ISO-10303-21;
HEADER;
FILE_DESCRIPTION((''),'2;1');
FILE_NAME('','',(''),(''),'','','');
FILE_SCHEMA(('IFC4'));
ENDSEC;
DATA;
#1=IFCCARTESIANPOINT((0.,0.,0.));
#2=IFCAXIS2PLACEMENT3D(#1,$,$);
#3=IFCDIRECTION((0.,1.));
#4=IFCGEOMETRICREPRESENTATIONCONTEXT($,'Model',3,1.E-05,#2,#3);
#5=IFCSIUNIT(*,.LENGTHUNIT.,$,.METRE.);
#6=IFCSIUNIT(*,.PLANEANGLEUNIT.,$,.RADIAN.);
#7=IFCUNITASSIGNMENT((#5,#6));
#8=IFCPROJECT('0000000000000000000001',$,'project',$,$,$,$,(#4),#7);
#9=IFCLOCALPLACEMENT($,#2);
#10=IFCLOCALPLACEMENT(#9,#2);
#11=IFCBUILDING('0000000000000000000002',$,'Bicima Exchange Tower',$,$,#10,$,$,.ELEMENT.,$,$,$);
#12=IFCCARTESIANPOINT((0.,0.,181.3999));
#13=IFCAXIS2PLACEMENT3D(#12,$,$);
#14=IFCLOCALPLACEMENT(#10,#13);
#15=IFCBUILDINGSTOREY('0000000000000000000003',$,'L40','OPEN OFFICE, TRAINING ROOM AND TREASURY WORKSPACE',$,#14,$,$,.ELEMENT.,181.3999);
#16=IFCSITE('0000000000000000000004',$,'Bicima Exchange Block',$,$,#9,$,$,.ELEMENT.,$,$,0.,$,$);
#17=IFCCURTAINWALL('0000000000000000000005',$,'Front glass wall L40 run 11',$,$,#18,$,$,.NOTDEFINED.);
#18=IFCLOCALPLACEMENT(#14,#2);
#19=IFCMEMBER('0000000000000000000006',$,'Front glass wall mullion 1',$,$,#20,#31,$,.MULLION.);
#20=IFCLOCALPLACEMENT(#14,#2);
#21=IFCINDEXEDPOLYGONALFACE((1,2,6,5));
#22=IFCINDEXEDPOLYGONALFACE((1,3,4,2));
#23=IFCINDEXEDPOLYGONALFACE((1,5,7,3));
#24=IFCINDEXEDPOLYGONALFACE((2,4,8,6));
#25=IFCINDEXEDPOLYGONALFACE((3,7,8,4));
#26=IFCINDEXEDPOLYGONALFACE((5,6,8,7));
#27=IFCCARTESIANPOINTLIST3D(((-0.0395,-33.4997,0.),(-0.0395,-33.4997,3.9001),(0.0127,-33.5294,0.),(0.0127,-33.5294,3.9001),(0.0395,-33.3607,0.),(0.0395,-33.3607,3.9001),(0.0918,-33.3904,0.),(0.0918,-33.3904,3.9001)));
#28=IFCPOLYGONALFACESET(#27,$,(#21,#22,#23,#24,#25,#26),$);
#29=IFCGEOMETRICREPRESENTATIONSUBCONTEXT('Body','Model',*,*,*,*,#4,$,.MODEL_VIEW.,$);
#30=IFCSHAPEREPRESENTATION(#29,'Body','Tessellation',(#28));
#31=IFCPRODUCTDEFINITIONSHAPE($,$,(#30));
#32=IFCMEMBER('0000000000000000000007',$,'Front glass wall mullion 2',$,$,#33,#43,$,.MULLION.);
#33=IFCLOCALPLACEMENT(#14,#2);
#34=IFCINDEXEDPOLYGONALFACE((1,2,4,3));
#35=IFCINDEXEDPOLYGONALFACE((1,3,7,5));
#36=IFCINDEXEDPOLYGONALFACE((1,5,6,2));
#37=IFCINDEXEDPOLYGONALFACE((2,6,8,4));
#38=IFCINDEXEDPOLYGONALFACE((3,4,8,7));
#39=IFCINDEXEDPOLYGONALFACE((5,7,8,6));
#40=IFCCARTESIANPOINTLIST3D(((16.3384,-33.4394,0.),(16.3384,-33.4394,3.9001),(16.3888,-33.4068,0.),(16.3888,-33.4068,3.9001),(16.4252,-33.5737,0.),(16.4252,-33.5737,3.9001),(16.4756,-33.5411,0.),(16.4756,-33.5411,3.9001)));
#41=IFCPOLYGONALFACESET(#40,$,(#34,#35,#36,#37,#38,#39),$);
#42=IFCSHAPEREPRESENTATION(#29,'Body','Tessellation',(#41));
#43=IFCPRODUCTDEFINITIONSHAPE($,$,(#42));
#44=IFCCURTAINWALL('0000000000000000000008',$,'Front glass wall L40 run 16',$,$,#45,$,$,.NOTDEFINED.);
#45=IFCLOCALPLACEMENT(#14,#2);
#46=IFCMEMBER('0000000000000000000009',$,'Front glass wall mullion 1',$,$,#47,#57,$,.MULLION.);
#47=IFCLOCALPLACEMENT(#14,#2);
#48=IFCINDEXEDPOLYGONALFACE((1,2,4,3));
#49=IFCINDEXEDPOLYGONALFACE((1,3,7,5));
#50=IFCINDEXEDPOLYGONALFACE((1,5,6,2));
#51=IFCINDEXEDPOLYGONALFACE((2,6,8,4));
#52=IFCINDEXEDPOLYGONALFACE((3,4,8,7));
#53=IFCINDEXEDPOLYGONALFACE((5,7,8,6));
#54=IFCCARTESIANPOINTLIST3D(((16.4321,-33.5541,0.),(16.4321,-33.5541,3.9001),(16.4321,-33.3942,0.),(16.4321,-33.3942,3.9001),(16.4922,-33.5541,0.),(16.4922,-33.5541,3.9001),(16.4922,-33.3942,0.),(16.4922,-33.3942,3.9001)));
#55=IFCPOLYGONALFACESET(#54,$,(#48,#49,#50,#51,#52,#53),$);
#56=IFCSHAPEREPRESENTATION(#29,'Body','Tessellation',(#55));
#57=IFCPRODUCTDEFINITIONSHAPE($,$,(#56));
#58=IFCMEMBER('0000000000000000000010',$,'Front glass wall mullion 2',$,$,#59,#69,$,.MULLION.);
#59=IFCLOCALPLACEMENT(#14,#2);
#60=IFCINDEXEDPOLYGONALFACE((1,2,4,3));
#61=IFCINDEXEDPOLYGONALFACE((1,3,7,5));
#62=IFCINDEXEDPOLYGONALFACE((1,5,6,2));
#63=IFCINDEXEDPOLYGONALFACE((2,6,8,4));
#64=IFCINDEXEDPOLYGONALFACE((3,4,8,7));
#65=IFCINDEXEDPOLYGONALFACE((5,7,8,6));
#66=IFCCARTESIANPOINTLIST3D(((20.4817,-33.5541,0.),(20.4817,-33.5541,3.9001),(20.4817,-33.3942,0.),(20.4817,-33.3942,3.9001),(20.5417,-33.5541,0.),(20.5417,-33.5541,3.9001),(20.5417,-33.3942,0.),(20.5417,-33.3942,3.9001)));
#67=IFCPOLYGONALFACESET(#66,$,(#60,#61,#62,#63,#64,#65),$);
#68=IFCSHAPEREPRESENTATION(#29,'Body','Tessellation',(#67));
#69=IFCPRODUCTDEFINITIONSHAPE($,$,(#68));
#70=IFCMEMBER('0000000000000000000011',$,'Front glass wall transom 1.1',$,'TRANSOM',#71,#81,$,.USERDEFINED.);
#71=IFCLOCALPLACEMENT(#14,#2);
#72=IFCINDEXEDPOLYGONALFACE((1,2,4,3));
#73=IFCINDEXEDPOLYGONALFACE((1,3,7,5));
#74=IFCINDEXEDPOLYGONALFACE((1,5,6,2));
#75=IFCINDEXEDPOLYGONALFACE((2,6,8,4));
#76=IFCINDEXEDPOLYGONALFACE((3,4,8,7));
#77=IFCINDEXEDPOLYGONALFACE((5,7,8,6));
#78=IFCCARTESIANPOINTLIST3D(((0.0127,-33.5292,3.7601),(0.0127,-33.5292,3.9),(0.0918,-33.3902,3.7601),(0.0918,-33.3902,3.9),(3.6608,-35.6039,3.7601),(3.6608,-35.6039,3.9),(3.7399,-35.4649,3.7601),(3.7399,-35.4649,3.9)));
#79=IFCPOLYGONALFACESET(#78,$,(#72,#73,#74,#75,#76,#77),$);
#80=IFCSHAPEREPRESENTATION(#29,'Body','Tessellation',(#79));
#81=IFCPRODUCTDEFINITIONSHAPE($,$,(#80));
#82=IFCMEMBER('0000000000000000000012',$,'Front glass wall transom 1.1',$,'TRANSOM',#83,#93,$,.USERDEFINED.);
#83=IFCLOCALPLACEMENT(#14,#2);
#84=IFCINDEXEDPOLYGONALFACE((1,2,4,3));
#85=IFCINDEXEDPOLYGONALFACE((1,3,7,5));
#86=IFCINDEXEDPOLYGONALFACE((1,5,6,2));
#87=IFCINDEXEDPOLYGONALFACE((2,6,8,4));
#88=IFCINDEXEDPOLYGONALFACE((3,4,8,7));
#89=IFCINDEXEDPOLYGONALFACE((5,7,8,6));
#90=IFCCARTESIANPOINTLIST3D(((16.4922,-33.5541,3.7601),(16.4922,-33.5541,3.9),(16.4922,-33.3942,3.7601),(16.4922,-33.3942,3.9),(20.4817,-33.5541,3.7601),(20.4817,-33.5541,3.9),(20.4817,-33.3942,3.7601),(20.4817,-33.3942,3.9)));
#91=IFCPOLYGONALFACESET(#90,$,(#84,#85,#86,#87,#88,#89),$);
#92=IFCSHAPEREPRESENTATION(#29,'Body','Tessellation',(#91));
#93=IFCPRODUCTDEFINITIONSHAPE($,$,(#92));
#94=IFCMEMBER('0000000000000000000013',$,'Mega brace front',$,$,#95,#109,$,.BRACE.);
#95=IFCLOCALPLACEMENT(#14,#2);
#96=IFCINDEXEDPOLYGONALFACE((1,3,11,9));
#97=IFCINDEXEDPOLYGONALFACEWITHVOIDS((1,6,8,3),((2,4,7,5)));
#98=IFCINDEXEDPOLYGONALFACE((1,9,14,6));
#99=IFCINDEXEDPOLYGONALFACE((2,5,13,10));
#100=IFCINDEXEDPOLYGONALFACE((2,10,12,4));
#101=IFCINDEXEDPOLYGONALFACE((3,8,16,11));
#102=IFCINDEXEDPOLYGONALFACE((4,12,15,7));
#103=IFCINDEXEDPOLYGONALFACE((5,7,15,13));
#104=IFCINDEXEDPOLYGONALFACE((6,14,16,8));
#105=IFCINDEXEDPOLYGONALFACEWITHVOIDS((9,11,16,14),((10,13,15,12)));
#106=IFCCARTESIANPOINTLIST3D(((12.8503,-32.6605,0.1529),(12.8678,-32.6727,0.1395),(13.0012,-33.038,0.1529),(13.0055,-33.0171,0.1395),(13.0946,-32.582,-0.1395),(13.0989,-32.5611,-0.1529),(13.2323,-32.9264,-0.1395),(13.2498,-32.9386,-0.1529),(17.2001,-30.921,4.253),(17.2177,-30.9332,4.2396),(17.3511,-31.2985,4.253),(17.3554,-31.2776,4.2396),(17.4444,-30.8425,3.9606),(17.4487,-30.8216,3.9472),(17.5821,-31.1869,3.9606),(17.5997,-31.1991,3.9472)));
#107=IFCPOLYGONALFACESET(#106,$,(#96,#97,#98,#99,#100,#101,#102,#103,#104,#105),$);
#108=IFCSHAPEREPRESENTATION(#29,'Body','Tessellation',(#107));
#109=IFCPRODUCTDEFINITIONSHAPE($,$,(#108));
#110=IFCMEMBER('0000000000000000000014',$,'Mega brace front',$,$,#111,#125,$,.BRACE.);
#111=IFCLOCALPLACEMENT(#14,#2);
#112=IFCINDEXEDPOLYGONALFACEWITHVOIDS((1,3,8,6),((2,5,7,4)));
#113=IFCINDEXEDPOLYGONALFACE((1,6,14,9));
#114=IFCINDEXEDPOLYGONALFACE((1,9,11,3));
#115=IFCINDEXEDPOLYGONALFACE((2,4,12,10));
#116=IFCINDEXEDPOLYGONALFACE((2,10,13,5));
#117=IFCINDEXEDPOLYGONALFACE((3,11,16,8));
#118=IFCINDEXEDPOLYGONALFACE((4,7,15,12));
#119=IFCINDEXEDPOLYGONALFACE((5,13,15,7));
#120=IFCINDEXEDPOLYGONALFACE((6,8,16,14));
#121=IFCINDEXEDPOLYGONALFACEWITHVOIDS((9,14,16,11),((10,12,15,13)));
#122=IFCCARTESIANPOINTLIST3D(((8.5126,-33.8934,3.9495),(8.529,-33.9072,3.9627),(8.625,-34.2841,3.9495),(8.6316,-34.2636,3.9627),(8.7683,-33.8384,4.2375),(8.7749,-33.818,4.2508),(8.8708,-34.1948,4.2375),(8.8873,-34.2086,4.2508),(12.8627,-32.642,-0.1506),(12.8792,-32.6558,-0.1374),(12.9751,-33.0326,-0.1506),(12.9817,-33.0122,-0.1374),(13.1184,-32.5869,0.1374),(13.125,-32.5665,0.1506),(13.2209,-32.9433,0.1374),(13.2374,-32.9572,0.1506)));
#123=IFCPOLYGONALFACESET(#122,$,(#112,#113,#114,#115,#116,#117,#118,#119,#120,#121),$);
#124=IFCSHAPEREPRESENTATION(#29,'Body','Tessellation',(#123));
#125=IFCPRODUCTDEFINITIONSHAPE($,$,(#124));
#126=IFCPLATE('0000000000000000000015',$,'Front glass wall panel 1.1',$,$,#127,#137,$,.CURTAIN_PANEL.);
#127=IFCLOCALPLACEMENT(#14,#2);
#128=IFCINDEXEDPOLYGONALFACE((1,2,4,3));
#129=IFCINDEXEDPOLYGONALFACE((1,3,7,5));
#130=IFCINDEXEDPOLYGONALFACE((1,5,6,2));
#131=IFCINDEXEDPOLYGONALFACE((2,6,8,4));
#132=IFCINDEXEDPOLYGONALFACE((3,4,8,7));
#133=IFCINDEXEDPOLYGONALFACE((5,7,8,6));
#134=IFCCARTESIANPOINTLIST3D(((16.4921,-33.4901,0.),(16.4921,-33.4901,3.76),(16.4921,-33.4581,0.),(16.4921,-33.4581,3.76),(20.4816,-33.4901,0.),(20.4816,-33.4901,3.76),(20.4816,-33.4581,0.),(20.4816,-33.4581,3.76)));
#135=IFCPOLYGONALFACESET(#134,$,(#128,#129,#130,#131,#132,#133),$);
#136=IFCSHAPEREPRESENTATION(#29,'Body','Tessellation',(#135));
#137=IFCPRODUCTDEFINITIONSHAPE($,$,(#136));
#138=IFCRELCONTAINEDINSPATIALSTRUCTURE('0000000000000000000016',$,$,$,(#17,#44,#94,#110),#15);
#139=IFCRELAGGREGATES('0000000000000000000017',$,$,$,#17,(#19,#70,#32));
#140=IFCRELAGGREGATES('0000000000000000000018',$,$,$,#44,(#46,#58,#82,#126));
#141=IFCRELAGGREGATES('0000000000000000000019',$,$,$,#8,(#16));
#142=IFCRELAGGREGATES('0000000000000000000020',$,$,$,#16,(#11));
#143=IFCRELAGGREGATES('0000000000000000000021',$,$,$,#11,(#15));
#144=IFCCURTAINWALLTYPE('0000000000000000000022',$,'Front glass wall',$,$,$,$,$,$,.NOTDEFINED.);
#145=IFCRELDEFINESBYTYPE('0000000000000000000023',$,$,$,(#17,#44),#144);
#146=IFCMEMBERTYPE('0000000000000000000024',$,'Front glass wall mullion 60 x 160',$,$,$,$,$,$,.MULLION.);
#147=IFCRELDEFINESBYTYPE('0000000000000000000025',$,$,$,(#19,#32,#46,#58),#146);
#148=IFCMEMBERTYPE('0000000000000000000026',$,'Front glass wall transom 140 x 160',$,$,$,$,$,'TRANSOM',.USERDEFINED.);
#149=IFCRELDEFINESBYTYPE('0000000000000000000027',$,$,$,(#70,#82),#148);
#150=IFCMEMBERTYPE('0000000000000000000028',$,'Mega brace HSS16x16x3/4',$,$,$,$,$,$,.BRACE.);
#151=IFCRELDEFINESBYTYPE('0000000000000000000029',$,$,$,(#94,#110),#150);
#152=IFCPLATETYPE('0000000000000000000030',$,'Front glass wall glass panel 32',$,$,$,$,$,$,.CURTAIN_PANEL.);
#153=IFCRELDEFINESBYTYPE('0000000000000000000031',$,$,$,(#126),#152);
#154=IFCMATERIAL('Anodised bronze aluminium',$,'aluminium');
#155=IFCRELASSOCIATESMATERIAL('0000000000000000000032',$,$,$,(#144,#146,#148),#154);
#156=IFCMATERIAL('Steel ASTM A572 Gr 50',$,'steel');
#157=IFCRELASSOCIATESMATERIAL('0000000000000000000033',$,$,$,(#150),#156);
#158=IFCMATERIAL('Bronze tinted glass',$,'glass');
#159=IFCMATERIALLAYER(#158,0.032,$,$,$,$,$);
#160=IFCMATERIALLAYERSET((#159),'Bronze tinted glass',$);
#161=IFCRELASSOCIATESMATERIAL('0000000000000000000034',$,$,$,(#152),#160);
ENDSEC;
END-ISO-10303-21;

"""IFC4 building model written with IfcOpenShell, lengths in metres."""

from ifc_helpers import new_model, si_unit, direction, frame, origin, origin_2d, place, context, subcontext, project, spatial, rectangle, hollow_rectangle, extrude, material, layer, layer_set, material_profile, profile_set, type_object, element, aggregate, save


model = new_model("IFC4")

# Units and contexts
model_context = context("Model", 3, precision=1e-05, world=origin(), true_north=direction((0.0, 1.0)))
body_context = subcontext(model_context, "Body", "Model", "MODEL_VIEW")
ifc_project = project(units=[si_unit("LENGTHUNIT", "METRE"), si_unit("PLANEANGLEUNIT", "RADIAN")], contexts=[model_context])

# Site, building, storey
site_placement = place(None, origin())
site = spatial("IfcSite", under=ifc_project, at=site_placement, Name="Bicima Exchange Block", CompositionType="ELEMENT", RefElevation=0.0)
building_placement = place(site_placement, origin())
building = spatial("IfcBuilding", under=site, at=building_placement, Name="Bicima Exchange Tower", CompositionType="ELEMENT")
storey_placement = place(building_placement, frame((0.0, 0.0, 181.3999)))
storey = spatial("IfcBuildingStorey", under=building, at=storey_placement, Name="L40", Description="OPEN OFFICE, TRAINING ROOM AND TREASURY WORKSPACE", CompositionType="ELEMENT", Elevation=181.3999)

# Curtain walls, members
ifc_material_1 = material(Name="Anodised bronze aluminium", Category="aluminium")
curtain_wall_type = type_object("IfcCurtainWallType", Name="Front glass wall", PredefinedType="NOTDEFINED", material=ifc_material_1)
curtain_wall_1_placement = place(storey_placement, origin())
curtain_wall_1 = element("IfcCurtainWall", 1, at=curtain_wall_1_placement, inside=storey, type_object=curtain_wall_type, Name="Front glass wall L40 run 11", PredefinedType="NOTDEFINED")
ifc_material_profile_1 = material_profile(ifc_material_1, rectangle(XDim=0.1599, YDim=0.0601, at=origin_2d()))
ifc_profile_set_1 = profile_set([ifc_material_profile_1], Name="Anodised bronze aluminium")
member_type_1 = type_object("IfcMemberType", Name="Front glass wall mullion 60 x 160", PredefinedType="MULLION", material=ifc_profile_set_1)
member_1_placement = place(storey_placement, frame((0.0261, -33.4451, 0.0), z_axis=(0.0, 0.0, 1.0), x_axis=(0.49433, 0.869274, 0.0)))
member_1 = element("IfcMember", 2, at=member_1_placement, type_object=member_type_1, Name="Front glass wall mullion 1", PredefinedType="MULLION", context=body_context, shape_type="SweptSolid", body=[
    extrude(rectangle(XDim=0.1599, YDim=0.0601, at=origin_2d()), origin(), (0.0, 0.0, 1.0), 3.9001),
])
member_2_placement = place(storey_placement, frame((16.407, -33.4902, 0.0), z_axis=(0.0, 0.0, 1.0), x_axis=(-0.542909, 0.839791, 0.0)))
member_2 = element("IfcMember", 3, at=member_2_placement, type_object=member_type_1, Name="Front glass wall mullion 2", PredefinedType="MULLION", context=body_context, shape_type="SweptSolid", body=[
    extrude(rectangle(XDim=0.1599, YDim=0.0601, at=origin_2d()), origin(), (0.0, 0.0, 1.0), 3.9001),
])
curtain_wall_2_placement = place(storey_placement, origin())
curtain_wall_2 = element("IfcCurtainWall", 4, at=curtain_wall_2_placement, inside=storey, type_object=curtain_wall_type, Name="Front glass wall L40 run 16", PredefinedType="NOTDEFINED")
member_3_placement = place(storey_placement, frame((16.4622, -33.4741, 0.0), z_axis=(0.0, 0.0, 1.0), x_axis=(0.0, 1.0, 0.0)))
member_3 = element("IfcMember", 5, at=member_3_placement, type_object=member_type_1, Name="Front glass wall mullion 1", PredefinedType="MULLION", context=body_context, shape_type="SweptSolid", body=[
    extrude(rectangle(XDim=0.1599, YDim=0.0601, at=origin_2d()), origin(), (0.0, 0.0, 1.0), 3.9001),
])
member_4_placement = place(storey_placement, frame((20.5117, -33.4741, 0.0), z_axis=(0.0, 0.0, 1.0), x_axis=(0.0, 1.0, 0.0)))
member_4 = element("IfcMember", 6, at=member_4_placement, type_object=member_type_1, Name="Front glass wall mullion 2", PredefinedType="MULLION", context=body_context, shape_type="SweptSolid", body=[
    extrude(rectangle(XDim=0.1599, YDim=0.0601, at=origin_2d()), origin(), (0.0, 0.0, 1.0), 3.9001),
])

# Members
ifc_material_profile_2 = material_profile(ifc_material_1, rectangle(XDim=0.1599, YDim=0.1399, at=origin_2d()))
ifc_profile_set_2 = profile_set([ifc_material_profile_2], Name="Anodised bronze aluminium")
member_type_2 = type_object("IfcMemberType", Name="Front glass wall transom 140 x 160", ElementType="TRANSOM", PredefinedType="USERDEFINED", material=ifc_profile_set_2)
member_5_placement = place(storey_placement, frame((0.0522, -33.4597, 3.8301), z_axis=(0.869265, -0.494346, 0.0), x_axis=(0.494346, 0.869265, 0.0)))
member_5 = element("IfcMember", 7, at=member_5_placement, type_object=member_type_2, Name="Front glass wall transom 1.1", ObjectType="TRANSOM", PredefinedType="USERDEFINED", context=body_context, shape_type="SweptSolid", body=[
    extrude(rectangle(XDim=0.1599, YDim=0.1399, at=origin_2d()), origin(), (0.0, 0.0, 1.0), 4.1968),
])
aggregate(curtain_wall_1, [member_1, member_5, member_2])
member_6_placement = place(storey_placement, frame((16.4922, -33.4741, 3.8301), z_axis=(1.0, 0.0, 0.0), x_axis=(0.0, 1.0, 0.0)))
member_6 = element("IfcMember", 8, at=member_6_placement, type_object=member_type_2, Name="Front glass wall transom 1.1", ObjectType="TRANSOM", PredefinedType="USERDEFINED", context=body_context, shape_type="SweptSolid", body=[
    extrude(rectangle(XDim=0.1599, YDim=0.1399, at=origin_2d()), origin(), (0.0, 0.0, 1.0), 3.9895),
])

# Members
ifc_material_2 = material(Name="Steel ASTM A572 Gr 50", Category="steel")
ifc_material_profile_3 = material_profile(ifc_material_2, hollow_rectangle(XDim=0.4065, YDim=0.4065, WallThickness=0.0178, at=origin_2d()))
ifc_profile_set_3 = profile_set([ifc_material_profile_3], Name="Steel ASTM A572 Gr 50")
member_type_3 = type_object("IfcMemberType", Name="Mega brace HSS16x16x3/4", PredefinedType="BRACE", material=ifc_profile_set_3)
member_7_placement = place(storey_placement, frame((13.05, -32.7996, 0.0), z_axis=(0.698706, 0.279412, 0.658588), x_axis=(-0.37131, 0.928509, 0.0)))
element("IfcMember", 9, at=member_7_placement, inside=storey, type_object=member_type_3, Name="Mega brace front", PredefinedType="BRACE", context=body_context, shape_type="SweptSolid", body=[
    extrude(hollow_rectangle(XDim=0.4065, YDim=0.4065, WallThickness=0.0178, at=origin_2d()), origin(), (0.0, 0.0, 1.0), 6.2256),
])
member_8_placement = place(storey_placement, frame((13.05, -32.7996, 0.0), z_axis=(-0.712267, -0.20491, 0.671333), x_axis=(0.276473, -0.961022, 0.0)))
element("IfcMember", 10, at=member_8_placement, inside=storey, type_object=member_type_3, Name="Mega brace front", PredefinedType="BRACE", context=body_context, shape_type="SweptSolid", body=[
    extrude(hollow_rectangle(XDim=0.4065, YDim=0.4065, WallThickness=0.0178, at=origin_2d()), origin(), (0.0, 0.0, 1.0), 6.1074),
])

# Plate
ifc_material_3 = material(Name="Bronze tinted glass", Category="glass")
ifc_layer_1 = layer(ifc_material_3, 0.032)
ifc_layer_set_1 = layer_set([ifc_layer_1], Name="Bronze tinted glass")
plate_type = type_object("IfcPlateType", Name="Front glass wall glass panel 32", PredefinedType="CURTAIN_PANEL", material=ifc_layer_set_1)
plate_placement = place(storey_placement, frame((18.4868, -33.4741, 0.0), z_axis=(0.0, 0.0, 1.0), x_axis=(1.0, 0.0, 0.0)))
plate = element("IfcPlate", 11, at=plate_placement, type_object=plate_type, Name="Front glass wall panel 1.1", PredefinedType="CURTAIN_PANEL", context=body_context, shape_type="SweptSolid", body=[
    extrude(rectangle(XDim=3.9895, YDim=0.032, at=origin_2d()), origin(), (0.0, 0.0, 1.0), 3.76),
])
aggregate(curtain_wall_2, [member_3, member_4, member_6, plate])

save(model, "model.ifc")
